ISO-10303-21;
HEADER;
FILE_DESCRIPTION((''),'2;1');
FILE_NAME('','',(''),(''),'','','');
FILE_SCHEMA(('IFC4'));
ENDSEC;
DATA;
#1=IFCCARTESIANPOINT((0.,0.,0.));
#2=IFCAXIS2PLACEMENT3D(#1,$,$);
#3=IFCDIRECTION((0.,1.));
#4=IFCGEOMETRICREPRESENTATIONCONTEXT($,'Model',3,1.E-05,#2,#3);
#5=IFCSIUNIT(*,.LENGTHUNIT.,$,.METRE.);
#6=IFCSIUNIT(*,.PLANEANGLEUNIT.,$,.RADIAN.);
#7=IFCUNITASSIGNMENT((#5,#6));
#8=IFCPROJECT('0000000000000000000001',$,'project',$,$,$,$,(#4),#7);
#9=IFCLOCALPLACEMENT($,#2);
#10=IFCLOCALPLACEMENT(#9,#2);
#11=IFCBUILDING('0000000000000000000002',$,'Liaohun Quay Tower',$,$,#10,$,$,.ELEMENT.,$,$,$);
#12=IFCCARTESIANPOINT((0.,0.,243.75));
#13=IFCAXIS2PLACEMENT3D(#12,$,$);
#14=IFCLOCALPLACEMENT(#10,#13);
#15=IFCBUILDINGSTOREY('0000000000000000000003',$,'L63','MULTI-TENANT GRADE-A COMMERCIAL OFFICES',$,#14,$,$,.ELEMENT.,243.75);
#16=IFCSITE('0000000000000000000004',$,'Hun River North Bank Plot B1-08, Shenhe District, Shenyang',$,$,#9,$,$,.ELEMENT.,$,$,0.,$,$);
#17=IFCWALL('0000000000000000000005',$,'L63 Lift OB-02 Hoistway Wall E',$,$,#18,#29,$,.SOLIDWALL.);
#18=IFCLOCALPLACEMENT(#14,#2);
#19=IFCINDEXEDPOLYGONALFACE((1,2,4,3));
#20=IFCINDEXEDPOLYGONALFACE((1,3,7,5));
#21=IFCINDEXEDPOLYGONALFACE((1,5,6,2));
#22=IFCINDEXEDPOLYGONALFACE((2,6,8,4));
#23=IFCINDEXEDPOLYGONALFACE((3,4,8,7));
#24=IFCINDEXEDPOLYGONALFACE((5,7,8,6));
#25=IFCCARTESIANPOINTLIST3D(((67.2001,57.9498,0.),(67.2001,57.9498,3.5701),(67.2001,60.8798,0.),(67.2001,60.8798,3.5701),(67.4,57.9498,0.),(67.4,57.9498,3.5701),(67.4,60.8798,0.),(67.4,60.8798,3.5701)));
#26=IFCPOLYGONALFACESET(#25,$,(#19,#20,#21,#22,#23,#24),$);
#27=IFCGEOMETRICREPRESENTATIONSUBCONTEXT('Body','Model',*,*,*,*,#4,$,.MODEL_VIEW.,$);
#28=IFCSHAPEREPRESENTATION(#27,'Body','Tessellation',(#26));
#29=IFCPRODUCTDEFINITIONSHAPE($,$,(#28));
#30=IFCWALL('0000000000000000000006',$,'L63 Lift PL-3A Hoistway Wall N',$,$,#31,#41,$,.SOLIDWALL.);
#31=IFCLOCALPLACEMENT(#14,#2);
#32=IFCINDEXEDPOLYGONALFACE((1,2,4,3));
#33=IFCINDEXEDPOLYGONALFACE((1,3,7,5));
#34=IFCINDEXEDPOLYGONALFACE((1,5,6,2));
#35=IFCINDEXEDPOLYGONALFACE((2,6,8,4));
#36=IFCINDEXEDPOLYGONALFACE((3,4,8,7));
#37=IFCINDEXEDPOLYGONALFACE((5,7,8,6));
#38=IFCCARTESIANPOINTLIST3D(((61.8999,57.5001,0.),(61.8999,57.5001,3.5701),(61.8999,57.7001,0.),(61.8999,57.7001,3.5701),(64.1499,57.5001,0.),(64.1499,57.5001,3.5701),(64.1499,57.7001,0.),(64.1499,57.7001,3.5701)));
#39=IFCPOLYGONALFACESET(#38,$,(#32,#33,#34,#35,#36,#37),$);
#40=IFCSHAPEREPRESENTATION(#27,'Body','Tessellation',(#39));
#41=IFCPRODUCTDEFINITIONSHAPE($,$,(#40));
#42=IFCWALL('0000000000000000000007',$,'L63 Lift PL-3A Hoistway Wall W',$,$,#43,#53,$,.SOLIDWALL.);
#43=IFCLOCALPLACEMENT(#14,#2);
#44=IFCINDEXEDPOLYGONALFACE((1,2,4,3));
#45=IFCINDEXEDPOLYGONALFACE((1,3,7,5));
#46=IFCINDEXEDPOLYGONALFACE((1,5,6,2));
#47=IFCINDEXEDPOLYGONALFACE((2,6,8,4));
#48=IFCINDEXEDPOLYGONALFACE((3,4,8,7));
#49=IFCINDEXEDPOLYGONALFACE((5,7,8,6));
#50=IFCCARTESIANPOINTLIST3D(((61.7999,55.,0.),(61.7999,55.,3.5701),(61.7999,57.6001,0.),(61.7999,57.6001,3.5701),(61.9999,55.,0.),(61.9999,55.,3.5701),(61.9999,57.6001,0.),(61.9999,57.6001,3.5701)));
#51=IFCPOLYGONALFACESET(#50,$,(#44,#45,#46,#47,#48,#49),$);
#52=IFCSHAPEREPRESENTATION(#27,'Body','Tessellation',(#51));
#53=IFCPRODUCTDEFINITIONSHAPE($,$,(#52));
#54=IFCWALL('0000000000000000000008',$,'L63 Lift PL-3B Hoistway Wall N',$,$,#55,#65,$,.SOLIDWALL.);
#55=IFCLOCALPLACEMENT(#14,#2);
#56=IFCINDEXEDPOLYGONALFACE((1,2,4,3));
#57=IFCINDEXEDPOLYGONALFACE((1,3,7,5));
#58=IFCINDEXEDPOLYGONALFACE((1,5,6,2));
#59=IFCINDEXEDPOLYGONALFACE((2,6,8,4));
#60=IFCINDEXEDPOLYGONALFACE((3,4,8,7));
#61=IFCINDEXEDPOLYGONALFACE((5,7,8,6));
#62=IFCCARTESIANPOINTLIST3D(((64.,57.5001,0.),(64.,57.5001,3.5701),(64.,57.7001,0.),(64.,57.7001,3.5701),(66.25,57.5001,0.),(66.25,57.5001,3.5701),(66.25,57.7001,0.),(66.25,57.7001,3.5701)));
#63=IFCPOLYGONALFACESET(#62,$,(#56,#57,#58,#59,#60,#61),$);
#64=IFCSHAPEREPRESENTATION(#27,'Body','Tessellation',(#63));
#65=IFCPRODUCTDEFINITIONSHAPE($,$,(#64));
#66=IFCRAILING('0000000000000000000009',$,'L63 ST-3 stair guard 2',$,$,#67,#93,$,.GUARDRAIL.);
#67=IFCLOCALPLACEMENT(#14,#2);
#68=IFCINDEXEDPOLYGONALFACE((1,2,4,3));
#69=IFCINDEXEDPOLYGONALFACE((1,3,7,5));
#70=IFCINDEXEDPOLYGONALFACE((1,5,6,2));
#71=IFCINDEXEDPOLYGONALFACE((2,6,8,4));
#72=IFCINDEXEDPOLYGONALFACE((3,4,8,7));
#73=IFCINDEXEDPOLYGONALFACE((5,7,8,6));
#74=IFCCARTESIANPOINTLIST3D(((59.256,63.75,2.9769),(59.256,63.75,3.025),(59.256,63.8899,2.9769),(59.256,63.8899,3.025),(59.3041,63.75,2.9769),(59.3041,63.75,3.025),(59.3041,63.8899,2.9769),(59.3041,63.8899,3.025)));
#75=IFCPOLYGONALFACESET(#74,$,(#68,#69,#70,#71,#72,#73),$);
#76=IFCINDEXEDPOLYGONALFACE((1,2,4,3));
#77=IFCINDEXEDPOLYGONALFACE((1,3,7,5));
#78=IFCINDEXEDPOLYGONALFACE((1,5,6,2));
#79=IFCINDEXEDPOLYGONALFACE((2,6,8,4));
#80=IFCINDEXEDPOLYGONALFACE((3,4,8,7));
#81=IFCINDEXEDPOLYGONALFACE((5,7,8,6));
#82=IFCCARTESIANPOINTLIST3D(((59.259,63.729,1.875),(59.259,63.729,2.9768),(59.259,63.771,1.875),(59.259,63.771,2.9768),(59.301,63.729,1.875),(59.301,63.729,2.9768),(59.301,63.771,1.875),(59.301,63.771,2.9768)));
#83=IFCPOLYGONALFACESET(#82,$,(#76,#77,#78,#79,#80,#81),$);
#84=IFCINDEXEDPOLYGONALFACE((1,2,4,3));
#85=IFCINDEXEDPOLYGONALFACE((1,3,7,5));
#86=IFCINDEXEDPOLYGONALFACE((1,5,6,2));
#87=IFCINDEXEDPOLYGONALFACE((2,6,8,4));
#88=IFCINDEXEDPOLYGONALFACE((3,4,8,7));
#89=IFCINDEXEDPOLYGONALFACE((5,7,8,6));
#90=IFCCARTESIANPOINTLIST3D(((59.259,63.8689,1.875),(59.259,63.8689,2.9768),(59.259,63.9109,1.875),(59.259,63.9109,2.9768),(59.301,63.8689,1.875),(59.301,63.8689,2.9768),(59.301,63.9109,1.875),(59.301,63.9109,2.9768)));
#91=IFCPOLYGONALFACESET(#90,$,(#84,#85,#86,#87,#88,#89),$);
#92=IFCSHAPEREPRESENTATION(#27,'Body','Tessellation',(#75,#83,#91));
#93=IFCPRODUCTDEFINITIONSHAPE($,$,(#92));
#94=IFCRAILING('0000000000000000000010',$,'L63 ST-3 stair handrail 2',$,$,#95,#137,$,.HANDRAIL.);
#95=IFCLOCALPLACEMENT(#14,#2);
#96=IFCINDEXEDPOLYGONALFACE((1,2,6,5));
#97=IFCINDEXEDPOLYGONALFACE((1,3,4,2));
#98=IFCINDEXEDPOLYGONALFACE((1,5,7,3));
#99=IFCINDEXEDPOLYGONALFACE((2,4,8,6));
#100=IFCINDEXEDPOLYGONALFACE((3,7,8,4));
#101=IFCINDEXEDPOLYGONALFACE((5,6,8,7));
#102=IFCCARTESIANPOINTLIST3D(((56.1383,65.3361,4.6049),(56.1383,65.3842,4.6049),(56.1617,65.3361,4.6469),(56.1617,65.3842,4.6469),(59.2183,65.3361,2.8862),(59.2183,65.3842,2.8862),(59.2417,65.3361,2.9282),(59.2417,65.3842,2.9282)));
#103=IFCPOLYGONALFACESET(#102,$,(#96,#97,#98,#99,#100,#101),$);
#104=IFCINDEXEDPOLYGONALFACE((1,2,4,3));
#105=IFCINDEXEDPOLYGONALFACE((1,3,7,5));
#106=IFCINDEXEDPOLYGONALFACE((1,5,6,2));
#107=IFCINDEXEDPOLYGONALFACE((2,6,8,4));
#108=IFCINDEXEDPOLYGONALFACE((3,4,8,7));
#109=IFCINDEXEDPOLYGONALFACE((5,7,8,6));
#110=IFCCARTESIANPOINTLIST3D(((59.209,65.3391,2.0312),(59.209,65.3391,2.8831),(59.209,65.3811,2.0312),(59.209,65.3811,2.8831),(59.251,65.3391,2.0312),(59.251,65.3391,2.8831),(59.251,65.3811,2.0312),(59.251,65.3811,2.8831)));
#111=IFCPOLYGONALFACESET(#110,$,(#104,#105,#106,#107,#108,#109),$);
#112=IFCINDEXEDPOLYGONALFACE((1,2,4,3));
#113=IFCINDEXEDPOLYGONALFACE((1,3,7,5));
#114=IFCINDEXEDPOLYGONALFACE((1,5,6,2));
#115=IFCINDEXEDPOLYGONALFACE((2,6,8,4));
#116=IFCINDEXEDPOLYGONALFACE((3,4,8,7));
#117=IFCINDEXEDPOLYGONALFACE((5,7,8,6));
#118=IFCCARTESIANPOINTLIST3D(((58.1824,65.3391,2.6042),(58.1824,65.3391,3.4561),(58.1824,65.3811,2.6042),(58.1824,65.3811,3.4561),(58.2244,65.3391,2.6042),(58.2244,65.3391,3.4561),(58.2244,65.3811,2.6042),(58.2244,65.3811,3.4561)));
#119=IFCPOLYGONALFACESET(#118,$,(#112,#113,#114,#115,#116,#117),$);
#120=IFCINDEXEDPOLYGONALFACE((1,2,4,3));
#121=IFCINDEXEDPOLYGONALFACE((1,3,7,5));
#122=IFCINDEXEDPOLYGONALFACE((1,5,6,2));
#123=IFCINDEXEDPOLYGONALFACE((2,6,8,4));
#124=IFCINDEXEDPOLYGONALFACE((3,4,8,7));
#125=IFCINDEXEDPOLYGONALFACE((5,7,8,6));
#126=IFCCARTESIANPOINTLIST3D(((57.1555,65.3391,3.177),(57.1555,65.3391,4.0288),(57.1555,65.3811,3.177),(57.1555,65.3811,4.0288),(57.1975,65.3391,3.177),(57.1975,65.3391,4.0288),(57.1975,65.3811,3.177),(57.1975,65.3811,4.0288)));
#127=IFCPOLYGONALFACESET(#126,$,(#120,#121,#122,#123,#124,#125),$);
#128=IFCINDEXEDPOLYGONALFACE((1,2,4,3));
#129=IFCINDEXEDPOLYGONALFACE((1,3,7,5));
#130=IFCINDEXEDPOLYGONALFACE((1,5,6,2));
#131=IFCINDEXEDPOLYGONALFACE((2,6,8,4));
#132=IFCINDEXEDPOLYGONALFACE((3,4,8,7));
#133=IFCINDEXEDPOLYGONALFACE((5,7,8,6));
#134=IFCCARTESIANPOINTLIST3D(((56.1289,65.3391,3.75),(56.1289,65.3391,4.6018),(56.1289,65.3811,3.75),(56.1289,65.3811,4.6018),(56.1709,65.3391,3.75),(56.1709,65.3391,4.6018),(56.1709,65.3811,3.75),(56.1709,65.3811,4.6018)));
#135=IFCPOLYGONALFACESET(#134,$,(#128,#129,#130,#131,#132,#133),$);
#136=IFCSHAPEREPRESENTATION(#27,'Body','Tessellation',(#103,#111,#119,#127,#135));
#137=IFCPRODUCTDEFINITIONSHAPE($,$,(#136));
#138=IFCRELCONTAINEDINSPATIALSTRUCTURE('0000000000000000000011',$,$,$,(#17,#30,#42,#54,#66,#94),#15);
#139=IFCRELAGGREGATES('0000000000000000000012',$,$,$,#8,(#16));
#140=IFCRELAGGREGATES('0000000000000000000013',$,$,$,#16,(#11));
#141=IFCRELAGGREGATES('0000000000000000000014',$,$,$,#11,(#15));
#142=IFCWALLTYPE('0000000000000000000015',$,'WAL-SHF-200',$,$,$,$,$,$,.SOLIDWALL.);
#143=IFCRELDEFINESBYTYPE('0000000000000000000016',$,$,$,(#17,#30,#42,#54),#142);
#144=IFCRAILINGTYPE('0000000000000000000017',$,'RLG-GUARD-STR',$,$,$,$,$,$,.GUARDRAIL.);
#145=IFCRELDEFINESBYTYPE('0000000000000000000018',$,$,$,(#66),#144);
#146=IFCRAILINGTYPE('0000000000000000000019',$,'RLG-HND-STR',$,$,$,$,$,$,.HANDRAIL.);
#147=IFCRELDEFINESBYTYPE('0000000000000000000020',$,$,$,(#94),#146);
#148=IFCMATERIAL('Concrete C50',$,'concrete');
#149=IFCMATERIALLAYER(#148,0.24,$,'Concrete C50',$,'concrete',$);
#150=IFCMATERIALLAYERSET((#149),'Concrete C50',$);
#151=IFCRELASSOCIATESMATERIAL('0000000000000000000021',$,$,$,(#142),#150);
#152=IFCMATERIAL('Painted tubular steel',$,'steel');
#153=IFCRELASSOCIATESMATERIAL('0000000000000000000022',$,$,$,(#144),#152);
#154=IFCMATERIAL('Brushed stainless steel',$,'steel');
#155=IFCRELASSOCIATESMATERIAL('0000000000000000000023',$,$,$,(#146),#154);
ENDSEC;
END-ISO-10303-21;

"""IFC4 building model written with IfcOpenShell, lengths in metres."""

from ifc_helpers import new_model, si_unit, direction, frame, frame_2d, origin, origin_2d, place, context, subcontext, project, spatial, rectangle, extrude, material, layer, layer_set, type_object, element, save


model = new_model("IFC4")

# Units and contexts
model_context = context("Model", 3, precision=1e-05, world=origin(), true_north=direction((0.0, 1.0)))
body_context = subcontext(model_context, "Body", "Model", "MODEL_VIEW")
ifc_project = project(units=[si_unit("LENGTHUNIT", "METRE"), si_unit("PLANEANGLEUNIT", "RADIAN")], contexts=[model_context])

# Site, building, storey
site_placement = place(None, origin())
site = spatial("IfcSite", under=ifc_project, at=site_placement, Name="Hun River North Bank Plot B1-08, Shenhe District, Shenyang", CompositionType="ELEMENT", RefElevation=0.0)
building_placement = place(site_placement, origin())
building = spatial("IfcBuilding", under=site, at=building_placement, Name="Liaohun Quay Tower", CompositionType="ELEMENT")
storey_placement = place(building_placement, frame((0.0, 0.0, 243.75)))
storey = spatial("IfcBuildingStorey", under=building, at=storey_placement, Name="L63", Description="MULTI-TENANT GRADE-A COMMERCIAL OFFICES", CompositionType="ELEMENT", Elevation=243.75)

# Shared definitions
ifc_material_1 = material(Name="Concrete C50", Category="concrete")
ifc_layer_1 = layer(ifc_material_1, 0.24, Name="Concrete C50", Category="concrete")
ifc_layer_set_1 = layer_set([ifc_layer_1], Name="Concrete C50")
wall_type_1 = type_object("IfcWallType", Name="WAL-SHF-200", PredefinedType="SOLIDWALL", material=ifc_layer_set_1)

# Walls
wall_1_placement = place(storey_placement, frame((67.3, 57.95, 0.0), z_axis=(0.0, 0.0, 1.0), x_axis=(0.0, 1.0, 0.0)))
element("IfcWall", 1, at=wall_1_placement, inside=storey, type_object=wall_type_1, Name="L63 Lift OB-02 Hoistway Wall E", PredefinedType="SOLIDWALL", context=body_context, shape_type="SweptSolid", body=[
    extrude(rectangle(XDim=2.9299, YDim=0.2, at=frame_2d((1.4648, 0.0))), origin(), (0.0, 0.0, 1.0), 3.5701),
])
wall_2_placement = place(storey_placement, frame((64.1499, 57.6001, 0.0), z_axis=(0.0, 0.0, 1.0), x_axis=(-1.0, 0.0, 0.0)))
element("IfcWall", 2, at=wall_2_placement, inside=storey, type_object=wall_type_1, Name="L63 Lift PL-3A Hoistway Wall N", PredefinedType="SOLIDWALL", context=body_context, shape_type="SweptSolid", body=[
    extrude(rectangle(XDim=2.25, YDim=0.2, at=frame_2d((1.125, 0.0))), origin(), (0.0, 0.0, 1.0), 3.5701),
])
wall_3_placement = place(storey_placement, frame((61.8999, 57.6001, 0.0), z_axis=(0.0, 0.0, 1.0), x_axis=(0.0, -1.0, 0.0)))
element("IfcWall", 3, at=wall_3_placement, inside=storey, type_object=wall_type_1, Name="L63 Lift PL-3A Hoistway Wall W", PredefinedType="SOLIDWALL", context=body_context, shape_type="SweptSolid", body=[
    extrude(rectangle(XDim=2.6001, YDim=0.2, at=frame_2d((1.3, 0.0))), origin(), (0.0, 0.0, 1.0), 3.5701),
])
wall_4_placement = place(storey_placement, frame((66.25, 57.6001, 0.0), z_axis=(0.0, 0.0, 1.0), x_axis=(-1.0, 0.0, 0.0)))
element("IfcWall", 4, at=wall_4_placement, inside=storey, type_object=wall_type_1, Name="L63 Lift PL-3B Hoistway Wall N", PredefinedType="SOLIDWALL", context=body_context, shape_type="SweptSolid", body=[
    extrude(rectangle(XDim=2.25, YDim=0.2, at=frame_2d((1.125, 0.0))), origin(), (0.0, 0.0, 1.0), 3.5701),
])

# Railings
ifc_material_2 = material(Name="Painted tubular steel", Category="steel")
railing_type_1 = type_object("IfcRailingType", Name="RLG-GUARD-STR", PredefinedType="GUARDRAIL", material=ifc_material_2)
railing_1_placement = place(storey_placement, frame((59.28, 63.75, 1.875)))
element("IfcRailing", 5, at=railing_1_placement, inside=storey, type_object=railing_type_1, Name="L63 ST-3 stair guard 2", PredefinedType="GUARDRAIL", context=body_context, shape_type="SweptSolid", body=[
    extrude(rectangle(XDim=0.0481, YDim=0.0481, at=origin_2d()), frame((0.0, 0.0, 1.126), z_axis=(0.0, 1.0, 0.0), x_axis=(-1.0, 0.0, 0.0)), (0.0, 0.0, 1.0), 0.1399),
    extrude(rectangle(XDim=0.042, YDim=0.042, at=origin_2d()), origin(), (0.0, 0.0, 1.0), 1.1018),
    extrude(rectangle(XDim=0.042, YDim=0.042, at=origin_2d()), frame((0.0, 0.1399, 0.0)), (0.0, 0.0, 1.0), 1.1018),
])
ifc_material_3 = material(Name="Brushed stainless steel", Category="steel")
railing_type_2 = type_object("IfcRailingType", Name="RLG-HND-STR", PredefinedType="HANDRAIL", material=ifc_material_3)
railing_2_placement = place(storey_placement, frame((59.23, 65.3601, 2.0312)))
element("IfcRailing", 6, at=railing_2_placement, inside=storey, type_object=railing_type_2, Name="L63 ST-3 stair handrail 2", PredefinedType="HANDRAIL", context=body_context, shape_type="SweptSolid", body=[
    extrude(rectangle(XDim=0.0481, YDim=0.0481, at=origin_2d()), frame((0.0, 0.0, 0.876), z_axis=(-0.873242, 0.0, 0.487288), x_axis=(0.0, -1.0, 0.0)), (0.0, 0.0, 1.0), 3.5271),
    extrude(rectangle(XDim=0.042, YDim=0.042, at=origin_2d()), origin(), (0.0, 0.0, 1.0), 0.8518),
    extrude(rectangle(XDim=0.042, YDim=0.042, at=origin_2d()), frame((-1.0266, 0.0, 0.573)), (0.0, 0.0, 1.0), 0.8518),
    extrude(rectangle(XDim=0.042, YDim=0.042, at=origin_2d()), frame((-2.0535, 0.0, 1.1458)), (0.0, 0.0, 1.0), 0.8518),
    extrude(rectangle(XDim=0.042, YDim=0.042, at=origin_2d()), frame((-3.0801, 0.0, 1.7188)), (0.0, 0.0, 1.0), 0.8518),
])

save(model, "model.ifc")
